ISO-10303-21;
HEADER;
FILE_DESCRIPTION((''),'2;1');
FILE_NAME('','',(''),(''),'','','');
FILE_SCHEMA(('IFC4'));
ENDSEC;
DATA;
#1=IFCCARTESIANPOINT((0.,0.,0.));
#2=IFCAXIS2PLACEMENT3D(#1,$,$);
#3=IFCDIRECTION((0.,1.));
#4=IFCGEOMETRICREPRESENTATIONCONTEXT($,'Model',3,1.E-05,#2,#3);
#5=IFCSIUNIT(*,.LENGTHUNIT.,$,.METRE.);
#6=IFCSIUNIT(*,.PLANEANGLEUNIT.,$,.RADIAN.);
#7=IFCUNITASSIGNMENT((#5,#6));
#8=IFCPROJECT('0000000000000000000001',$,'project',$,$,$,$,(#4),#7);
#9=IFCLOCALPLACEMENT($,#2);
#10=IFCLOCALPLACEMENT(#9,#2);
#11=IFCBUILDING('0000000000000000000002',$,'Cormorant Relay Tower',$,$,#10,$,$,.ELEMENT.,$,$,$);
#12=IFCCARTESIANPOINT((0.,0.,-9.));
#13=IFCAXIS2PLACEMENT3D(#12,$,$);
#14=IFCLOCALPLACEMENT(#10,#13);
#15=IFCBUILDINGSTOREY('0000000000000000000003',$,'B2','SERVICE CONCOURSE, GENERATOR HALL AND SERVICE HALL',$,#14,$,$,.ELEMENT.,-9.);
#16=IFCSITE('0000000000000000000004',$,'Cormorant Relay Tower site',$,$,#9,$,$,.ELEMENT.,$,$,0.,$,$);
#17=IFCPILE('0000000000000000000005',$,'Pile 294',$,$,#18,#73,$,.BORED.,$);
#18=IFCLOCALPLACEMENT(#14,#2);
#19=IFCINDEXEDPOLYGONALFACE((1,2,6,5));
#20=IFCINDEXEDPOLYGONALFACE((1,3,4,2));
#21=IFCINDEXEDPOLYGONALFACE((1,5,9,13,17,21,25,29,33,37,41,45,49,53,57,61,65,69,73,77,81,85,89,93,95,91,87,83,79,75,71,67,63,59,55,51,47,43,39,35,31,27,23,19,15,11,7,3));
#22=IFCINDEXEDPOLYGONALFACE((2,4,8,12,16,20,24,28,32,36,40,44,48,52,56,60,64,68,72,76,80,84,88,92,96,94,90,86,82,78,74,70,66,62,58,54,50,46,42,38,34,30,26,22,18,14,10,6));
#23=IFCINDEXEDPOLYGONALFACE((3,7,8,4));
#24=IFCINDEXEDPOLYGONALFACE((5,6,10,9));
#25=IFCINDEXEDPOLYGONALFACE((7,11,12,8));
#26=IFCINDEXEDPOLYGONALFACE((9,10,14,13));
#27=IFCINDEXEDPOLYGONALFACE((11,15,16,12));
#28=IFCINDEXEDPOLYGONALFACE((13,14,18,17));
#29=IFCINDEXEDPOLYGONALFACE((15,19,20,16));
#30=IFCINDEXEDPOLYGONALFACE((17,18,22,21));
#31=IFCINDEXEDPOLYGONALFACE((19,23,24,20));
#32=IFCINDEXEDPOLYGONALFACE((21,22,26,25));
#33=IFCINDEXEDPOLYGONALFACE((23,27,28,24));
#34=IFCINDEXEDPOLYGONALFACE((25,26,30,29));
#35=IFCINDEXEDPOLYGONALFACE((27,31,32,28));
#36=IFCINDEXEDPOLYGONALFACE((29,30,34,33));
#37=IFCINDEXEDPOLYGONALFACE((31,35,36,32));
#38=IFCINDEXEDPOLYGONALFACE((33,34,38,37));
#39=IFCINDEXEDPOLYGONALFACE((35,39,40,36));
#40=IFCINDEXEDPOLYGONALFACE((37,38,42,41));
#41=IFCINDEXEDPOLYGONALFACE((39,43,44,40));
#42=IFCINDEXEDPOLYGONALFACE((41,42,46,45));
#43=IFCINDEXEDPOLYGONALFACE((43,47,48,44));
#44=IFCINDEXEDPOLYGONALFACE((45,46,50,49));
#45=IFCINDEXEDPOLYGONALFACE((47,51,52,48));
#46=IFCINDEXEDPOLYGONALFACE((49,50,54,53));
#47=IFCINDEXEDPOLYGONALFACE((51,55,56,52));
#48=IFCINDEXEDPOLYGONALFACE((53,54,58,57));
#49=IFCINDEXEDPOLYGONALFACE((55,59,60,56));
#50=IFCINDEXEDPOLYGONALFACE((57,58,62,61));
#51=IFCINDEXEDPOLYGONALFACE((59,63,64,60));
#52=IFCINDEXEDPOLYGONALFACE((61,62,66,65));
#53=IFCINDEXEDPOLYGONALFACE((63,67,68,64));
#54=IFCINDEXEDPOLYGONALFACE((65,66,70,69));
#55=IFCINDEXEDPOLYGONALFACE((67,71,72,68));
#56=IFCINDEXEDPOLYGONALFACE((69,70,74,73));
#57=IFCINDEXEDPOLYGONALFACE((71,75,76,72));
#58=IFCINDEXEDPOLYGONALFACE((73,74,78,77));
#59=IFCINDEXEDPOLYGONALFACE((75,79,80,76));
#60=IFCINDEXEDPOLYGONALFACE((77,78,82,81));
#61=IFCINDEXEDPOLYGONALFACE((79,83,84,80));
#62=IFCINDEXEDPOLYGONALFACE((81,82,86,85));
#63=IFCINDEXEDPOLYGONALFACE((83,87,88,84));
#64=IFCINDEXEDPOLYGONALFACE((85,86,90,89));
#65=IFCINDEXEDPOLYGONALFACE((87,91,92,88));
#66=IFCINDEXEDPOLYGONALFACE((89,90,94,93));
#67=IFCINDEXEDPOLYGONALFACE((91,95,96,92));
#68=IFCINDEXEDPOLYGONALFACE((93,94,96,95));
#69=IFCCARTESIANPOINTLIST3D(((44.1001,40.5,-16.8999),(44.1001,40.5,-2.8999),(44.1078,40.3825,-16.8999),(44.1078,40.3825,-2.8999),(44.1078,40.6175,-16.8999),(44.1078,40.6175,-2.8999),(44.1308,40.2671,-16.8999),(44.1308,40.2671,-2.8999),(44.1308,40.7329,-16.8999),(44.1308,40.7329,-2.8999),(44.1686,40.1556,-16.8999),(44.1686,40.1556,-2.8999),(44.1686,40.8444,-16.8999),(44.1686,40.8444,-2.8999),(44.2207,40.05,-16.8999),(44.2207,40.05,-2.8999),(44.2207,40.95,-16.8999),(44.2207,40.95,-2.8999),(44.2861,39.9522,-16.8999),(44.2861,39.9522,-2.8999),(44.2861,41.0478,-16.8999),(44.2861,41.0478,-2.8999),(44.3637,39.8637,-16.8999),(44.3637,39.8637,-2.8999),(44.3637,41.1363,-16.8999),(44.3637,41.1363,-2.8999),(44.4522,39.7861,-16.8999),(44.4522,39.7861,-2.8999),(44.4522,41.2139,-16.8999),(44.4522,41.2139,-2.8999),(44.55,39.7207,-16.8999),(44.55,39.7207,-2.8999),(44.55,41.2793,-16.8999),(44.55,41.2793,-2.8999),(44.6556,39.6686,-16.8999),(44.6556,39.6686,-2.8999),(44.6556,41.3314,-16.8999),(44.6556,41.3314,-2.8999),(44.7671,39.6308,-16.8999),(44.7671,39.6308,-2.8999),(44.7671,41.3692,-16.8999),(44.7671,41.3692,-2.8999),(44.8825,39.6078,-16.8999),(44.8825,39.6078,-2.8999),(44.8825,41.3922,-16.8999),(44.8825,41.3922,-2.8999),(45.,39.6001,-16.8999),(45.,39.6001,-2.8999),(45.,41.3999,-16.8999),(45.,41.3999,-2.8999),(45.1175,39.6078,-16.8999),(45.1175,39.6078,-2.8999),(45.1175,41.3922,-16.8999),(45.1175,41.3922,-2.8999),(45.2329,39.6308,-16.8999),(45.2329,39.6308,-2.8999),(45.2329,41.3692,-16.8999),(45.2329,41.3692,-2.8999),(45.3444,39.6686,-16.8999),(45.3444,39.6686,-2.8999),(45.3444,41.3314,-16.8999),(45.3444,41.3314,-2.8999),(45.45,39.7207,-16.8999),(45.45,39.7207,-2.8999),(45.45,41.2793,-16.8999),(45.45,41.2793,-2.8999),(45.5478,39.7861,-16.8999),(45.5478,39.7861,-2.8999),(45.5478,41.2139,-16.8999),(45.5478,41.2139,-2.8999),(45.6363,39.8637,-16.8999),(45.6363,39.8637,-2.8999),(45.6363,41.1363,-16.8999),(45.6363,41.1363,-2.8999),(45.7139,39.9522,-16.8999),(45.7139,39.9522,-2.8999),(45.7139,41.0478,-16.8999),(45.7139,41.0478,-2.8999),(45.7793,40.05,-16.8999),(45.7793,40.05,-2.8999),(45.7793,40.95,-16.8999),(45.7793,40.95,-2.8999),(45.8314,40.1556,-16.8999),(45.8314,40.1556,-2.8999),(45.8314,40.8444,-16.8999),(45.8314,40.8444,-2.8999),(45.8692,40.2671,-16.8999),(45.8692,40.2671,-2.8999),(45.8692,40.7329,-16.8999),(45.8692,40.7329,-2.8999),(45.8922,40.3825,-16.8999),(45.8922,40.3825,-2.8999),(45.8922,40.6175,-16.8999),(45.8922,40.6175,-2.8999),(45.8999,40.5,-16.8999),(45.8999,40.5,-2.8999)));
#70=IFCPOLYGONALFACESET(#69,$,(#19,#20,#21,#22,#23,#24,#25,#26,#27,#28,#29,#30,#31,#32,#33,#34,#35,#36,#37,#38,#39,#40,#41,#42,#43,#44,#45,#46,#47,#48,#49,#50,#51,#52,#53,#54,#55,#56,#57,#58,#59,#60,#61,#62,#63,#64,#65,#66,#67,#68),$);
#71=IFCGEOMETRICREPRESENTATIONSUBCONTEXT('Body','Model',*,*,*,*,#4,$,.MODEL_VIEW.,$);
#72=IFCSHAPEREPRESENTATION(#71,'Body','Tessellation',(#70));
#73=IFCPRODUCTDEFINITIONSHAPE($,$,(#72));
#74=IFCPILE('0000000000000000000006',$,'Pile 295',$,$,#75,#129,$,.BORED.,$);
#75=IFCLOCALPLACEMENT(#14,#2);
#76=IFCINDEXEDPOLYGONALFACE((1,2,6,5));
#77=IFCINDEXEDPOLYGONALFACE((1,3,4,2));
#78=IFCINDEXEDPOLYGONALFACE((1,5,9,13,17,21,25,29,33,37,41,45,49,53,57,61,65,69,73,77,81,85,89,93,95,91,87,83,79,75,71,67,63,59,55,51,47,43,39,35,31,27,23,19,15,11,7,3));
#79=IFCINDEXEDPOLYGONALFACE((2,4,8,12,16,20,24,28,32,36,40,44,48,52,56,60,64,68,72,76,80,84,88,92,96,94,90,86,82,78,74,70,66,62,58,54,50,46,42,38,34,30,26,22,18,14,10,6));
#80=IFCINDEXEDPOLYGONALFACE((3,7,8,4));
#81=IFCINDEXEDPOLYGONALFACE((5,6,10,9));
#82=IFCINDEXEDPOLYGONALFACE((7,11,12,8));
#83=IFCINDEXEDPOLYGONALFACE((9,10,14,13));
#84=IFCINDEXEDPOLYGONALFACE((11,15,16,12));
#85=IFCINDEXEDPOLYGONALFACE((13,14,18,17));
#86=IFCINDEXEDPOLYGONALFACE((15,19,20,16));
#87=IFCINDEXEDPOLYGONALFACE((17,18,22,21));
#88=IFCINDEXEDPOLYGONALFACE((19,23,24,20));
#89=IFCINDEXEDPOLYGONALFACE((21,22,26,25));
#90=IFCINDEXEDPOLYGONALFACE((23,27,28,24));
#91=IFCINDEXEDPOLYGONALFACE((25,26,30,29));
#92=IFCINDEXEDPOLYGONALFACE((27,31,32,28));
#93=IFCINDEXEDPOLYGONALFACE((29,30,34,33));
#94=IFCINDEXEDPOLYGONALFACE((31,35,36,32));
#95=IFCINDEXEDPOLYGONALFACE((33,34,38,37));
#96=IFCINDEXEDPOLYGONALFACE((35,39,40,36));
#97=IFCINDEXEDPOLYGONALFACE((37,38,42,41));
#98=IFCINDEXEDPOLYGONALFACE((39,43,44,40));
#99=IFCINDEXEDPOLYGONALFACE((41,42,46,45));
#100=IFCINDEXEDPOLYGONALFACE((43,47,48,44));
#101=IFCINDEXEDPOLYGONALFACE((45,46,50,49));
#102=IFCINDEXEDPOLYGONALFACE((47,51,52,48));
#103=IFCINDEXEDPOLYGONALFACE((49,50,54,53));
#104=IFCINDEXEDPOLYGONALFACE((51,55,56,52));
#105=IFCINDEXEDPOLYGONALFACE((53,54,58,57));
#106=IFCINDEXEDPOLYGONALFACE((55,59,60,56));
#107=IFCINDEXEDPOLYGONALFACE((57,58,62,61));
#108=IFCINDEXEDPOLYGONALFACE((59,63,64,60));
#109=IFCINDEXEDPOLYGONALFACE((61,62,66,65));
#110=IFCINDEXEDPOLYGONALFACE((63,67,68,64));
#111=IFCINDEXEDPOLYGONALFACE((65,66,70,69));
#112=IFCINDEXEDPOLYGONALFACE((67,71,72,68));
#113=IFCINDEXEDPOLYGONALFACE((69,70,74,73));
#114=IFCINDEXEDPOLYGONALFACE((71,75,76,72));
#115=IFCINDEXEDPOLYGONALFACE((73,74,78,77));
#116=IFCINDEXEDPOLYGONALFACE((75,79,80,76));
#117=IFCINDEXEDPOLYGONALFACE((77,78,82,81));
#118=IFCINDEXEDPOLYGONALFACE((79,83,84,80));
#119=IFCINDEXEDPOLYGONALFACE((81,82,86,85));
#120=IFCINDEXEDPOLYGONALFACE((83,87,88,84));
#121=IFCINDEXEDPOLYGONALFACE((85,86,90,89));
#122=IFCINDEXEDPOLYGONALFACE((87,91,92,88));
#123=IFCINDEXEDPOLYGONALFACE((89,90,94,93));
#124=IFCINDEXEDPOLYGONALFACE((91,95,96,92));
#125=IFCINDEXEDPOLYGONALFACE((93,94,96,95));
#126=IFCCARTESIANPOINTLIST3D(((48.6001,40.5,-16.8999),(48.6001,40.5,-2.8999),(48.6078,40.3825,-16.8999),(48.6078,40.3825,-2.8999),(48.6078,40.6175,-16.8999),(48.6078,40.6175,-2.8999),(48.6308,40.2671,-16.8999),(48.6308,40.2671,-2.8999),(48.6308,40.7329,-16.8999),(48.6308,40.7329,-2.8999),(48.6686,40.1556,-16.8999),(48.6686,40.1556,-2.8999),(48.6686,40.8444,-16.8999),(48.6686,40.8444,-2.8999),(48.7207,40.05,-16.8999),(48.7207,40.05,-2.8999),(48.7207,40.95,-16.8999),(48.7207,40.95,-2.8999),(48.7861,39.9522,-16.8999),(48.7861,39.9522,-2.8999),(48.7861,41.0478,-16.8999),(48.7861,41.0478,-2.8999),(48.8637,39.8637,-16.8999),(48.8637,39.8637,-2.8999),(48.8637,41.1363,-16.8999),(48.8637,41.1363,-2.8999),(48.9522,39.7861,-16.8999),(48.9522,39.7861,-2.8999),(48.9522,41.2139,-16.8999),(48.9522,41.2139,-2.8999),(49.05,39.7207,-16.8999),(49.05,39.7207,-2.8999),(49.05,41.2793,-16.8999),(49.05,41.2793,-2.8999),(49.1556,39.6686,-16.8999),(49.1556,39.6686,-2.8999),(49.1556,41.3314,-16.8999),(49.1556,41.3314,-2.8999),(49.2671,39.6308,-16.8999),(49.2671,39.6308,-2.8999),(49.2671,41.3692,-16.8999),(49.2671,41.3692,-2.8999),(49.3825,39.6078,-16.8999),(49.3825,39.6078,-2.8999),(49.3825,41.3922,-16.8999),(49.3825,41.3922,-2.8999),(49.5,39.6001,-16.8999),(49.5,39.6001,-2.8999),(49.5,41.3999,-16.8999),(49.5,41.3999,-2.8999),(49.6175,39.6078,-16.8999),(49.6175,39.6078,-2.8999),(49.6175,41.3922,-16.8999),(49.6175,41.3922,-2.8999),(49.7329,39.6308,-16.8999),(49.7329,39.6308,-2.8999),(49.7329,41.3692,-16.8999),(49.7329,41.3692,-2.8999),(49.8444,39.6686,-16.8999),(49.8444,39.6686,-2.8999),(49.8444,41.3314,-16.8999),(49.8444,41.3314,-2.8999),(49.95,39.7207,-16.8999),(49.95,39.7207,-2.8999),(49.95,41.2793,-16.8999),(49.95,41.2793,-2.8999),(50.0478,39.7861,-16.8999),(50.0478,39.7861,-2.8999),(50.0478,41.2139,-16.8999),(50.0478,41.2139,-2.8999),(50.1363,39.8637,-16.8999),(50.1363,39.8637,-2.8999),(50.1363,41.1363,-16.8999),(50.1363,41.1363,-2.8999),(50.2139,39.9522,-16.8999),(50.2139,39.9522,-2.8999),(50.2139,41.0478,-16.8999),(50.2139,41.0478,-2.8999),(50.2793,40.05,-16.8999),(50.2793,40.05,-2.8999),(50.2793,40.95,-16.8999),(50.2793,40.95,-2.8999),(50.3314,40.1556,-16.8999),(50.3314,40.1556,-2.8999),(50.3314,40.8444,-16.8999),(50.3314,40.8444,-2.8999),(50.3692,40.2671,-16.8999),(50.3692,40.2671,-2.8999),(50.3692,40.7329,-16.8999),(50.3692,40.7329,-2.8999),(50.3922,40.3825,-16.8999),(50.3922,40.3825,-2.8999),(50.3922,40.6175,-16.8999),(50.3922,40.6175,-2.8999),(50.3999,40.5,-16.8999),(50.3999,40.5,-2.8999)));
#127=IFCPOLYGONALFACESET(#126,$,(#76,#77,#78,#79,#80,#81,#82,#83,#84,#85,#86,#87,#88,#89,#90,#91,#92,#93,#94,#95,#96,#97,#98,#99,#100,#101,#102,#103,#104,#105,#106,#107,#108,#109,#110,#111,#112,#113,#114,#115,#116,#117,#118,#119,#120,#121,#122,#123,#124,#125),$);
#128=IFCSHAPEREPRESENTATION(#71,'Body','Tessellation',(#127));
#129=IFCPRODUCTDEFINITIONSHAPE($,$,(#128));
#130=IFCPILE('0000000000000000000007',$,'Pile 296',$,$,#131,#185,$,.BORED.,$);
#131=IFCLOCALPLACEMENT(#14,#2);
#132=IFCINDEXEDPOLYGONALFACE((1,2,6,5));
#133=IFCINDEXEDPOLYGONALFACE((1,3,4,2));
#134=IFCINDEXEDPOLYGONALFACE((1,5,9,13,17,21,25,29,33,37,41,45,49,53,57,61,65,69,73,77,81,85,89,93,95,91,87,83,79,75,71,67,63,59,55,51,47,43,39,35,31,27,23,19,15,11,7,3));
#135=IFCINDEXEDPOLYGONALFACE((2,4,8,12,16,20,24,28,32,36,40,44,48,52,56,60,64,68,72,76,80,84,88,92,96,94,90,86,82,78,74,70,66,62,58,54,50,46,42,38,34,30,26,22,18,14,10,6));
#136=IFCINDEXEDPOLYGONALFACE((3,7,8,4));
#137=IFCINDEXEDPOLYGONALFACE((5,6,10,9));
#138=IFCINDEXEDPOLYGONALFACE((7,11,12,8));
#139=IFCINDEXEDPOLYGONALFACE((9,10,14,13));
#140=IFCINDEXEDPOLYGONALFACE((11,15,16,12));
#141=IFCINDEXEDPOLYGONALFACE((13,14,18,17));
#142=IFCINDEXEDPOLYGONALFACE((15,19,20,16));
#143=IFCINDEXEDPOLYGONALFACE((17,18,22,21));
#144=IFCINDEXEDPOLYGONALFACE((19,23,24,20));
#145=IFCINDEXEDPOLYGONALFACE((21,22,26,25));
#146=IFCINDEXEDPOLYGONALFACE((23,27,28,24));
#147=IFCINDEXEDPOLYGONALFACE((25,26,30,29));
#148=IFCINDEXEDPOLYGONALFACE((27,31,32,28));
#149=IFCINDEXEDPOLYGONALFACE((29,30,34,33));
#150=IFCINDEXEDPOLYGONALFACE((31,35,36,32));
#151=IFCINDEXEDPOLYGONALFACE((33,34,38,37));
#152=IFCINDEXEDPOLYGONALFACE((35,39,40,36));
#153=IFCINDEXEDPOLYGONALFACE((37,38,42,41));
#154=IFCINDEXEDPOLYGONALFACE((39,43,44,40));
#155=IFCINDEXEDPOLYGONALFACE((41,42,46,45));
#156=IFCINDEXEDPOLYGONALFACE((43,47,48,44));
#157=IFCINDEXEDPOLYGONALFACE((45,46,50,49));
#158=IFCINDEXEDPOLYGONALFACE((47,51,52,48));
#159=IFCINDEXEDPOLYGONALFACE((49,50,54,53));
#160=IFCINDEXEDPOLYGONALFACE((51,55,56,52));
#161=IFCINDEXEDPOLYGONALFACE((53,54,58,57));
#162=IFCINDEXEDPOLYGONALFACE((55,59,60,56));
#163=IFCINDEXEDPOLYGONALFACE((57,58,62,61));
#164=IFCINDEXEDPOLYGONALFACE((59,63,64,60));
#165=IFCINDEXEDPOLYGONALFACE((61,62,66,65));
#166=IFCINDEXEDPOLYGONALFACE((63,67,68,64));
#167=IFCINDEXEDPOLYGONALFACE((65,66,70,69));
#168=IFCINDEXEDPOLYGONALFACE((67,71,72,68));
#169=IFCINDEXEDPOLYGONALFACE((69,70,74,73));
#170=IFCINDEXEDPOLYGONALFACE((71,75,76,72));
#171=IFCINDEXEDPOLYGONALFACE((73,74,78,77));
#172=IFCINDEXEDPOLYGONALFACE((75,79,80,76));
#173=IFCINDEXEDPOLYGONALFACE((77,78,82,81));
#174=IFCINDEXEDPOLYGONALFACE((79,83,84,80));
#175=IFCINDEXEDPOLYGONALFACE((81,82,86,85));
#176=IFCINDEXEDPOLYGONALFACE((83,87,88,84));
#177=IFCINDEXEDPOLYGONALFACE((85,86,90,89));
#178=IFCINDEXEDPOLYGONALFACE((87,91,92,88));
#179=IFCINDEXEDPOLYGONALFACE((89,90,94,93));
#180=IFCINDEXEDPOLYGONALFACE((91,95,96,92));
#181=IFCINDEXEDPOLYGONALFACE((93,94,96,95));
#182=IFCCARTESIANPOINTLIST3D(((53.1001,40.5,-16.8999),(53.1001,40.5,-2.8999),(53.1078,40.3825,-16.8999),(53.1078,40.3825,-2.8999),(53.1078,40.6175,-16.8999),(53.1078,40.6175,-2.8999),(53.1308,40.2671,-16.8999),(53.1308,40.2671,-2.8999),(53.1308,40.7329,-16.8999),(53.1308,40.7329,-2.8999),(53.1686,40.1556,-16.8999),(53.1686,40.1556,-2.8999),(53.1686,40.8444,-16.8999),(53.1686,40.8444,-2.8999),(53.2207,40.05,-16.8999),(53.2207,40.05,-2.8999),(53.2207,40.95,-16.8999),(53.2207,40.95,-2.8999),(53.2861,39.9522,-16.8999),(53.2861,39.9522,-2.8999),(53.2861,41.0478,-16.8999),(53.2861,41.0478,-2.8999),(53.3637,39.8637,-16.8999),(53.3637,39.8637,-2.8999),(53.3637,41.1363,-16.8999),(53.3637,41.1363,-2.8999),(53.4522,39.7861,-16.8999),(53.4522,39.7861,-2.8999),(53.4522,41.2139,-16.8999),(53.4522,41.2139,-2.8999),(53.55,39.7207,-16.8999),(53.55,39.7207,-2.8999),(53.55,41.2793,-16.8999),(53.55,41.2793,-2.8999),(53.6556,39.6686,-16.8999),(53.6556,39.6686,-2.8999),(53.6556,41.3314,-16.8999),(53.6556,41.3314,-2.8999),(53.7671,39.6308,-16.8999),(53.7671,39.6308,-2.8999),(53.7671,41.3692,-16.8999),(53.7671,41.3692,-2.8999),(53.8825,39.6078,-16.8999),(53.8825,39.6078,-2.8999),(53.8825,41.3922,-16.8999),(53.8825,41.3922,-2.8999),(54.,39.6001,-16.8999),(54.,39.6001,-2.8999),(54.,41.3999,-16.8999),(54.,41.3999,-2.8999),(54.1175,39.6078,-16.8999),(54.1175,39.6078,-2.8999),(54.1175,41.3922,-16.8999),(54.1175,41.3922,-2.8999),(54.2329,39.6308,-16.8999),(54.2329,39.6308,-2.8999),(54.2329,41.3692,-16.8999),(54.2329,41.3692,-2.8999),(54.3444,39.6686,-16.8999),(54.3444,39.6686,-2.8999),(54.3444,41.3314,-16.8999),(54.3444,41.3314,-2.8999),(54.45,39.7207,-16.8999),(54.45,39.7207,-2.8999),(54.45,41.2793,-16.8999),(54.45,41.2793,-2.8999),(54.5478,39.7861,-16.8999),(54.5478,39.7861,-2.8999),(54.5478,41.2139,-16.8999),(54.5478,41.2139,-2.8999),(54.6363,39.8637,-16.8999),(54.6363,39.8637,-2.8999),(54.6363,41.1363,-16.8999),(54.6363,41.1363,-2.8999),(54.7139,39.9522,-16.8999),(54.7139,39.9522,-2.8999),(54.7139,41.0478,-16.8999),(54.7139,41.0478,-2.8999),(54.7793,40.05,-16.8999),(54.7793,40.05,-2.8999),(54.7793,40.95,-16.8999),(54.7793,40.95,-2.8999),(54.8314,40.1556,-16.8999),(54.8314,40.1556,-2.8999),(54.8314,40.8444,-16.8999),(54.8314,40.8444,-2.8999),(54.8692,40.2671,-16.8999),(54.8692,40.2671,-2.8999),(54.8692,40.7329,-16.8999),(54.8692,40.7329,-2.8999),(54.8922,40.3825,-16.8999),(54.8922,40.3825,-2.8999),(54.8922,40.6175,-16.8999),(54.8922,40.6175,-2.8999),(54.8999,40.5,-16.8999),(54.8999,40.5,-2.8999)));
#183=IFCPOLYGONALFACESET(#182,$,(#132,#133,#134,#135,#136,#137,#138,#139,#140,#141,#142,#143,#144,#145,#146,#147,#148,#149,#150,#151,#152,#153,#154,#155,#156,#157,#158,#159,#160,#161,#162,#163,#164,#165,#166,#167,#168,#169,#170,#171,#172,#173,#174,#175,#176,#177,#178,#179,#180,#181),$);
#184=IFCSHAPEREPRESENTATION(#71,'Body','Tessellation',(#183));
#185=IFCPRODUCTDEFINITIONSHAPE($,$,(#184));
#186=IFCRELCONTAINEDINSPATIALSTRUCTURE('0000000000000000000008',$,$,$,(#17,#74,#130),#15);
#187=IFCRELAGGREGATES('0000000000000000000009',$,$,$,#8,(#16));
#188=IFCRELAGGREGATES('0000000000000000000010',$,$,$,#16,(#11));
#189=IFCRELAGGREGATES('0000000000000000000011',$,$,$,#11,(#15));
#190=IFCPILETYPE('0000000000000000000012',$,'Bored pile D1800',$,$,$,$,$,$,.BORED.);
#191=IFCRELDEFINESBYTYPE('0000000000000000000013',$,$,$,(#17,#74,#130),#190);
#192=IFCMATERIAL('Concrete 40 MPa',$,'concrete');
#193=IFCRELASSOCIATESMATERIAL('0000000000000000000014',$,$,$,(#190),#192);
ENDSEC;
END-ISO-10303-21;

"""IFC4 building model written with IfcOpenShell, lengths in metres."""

from ifc_helpers import new_model, si_unit, direction, frame, origin, origin_2d, place, context, subcontext, project, spatial, circle, extrude, material, material_profile, profile_set, type_object, element, save


model = new_model("IFC4")

# Units and contexts
model_context = context("Model", 3, precision=1e-05, world=origin(), true_north=direction((0.0, 1.0)))
body_context = subcontext(model_context, "Body", "Model", "MODEL_VIEW")
ifc_project = project(units=[si_unit("LENGTHUNIT", "METRE"), si_unit("PLANEANGLEUNIT", "RADIAN")], contexts=[model_context])

# Site, building, storey
site_placement = place(None, origin())
site = spatial("IfcSite", under=ifc_project, at=site_placement, Name="Cormorant Relay Tower site", CompositionType="ELEMENT", RefElevation=0.0)
building_placement = place(site_placement, origin())
building = spatial("IfcBuilding", under=site, at=building_placement, Name="Cormorant Relay Tower", CompositionType="ELEMENT")
storey_placement = place(building_placement, frame((0.0, 0.0, -9.0)))
storey = spatial("IfcBuildingStorey", under=building, at=storey_placement, Name="B2", Description="SERVICE CONCOURSE, GENERATOR HALL AND SERVICE HALL", CompositionType="ELEMENT", Elevation=-9.0)

# Piles
ifc_material_1 = material(Name="Concrete 40 MPa", Category="concrete")
ifc_material_profile_1 = material_profile(ifc_material_1, circle(Radius=0.8999, at=origin_2d()), Name="BP1800")
ifc_profile_set_1 = profile_set([ifc_material_profile_1], Name="Concrete 40 MPa")
pile_type = type_object("IfcPileType", Name="Bored pile D1800", PredefinedType="BORED", material=ifc_profile_set_1)
for number, where, z_axis, x_axis, name in (
    (1, (45.0, 40.5, -2.8999), (0.0, 0.0, -1.0), (1.0, 0.0, 0.0), "Pile 294"),
    (2, (49.5, 40.5, -2.8999), (0.0, 0.0, -1.0), (1.0, 0.0, 0.0), "Pile 295"),
    (3, (54.0, 40.5, -2.8999), (0.0, 0.0, -1.0), (1.0, 0.0, 0.0), "Pile 296"),
):
    element("IfcPile", number, at=place(storey_placement, frame(where, z_axis=z_axis, x_axis=x_axis)), inside=storey, type_object=pile_type, Name=name, PredefinedType="BORED", context=body_context, shape_type="SweptSolid", body=[
        extrude(circle(Radius=0.8999, at=origin_2d()), origin(), (0.0, 0.0, 1.0), 14.0),
    ])

save(model, "model.ifc")
